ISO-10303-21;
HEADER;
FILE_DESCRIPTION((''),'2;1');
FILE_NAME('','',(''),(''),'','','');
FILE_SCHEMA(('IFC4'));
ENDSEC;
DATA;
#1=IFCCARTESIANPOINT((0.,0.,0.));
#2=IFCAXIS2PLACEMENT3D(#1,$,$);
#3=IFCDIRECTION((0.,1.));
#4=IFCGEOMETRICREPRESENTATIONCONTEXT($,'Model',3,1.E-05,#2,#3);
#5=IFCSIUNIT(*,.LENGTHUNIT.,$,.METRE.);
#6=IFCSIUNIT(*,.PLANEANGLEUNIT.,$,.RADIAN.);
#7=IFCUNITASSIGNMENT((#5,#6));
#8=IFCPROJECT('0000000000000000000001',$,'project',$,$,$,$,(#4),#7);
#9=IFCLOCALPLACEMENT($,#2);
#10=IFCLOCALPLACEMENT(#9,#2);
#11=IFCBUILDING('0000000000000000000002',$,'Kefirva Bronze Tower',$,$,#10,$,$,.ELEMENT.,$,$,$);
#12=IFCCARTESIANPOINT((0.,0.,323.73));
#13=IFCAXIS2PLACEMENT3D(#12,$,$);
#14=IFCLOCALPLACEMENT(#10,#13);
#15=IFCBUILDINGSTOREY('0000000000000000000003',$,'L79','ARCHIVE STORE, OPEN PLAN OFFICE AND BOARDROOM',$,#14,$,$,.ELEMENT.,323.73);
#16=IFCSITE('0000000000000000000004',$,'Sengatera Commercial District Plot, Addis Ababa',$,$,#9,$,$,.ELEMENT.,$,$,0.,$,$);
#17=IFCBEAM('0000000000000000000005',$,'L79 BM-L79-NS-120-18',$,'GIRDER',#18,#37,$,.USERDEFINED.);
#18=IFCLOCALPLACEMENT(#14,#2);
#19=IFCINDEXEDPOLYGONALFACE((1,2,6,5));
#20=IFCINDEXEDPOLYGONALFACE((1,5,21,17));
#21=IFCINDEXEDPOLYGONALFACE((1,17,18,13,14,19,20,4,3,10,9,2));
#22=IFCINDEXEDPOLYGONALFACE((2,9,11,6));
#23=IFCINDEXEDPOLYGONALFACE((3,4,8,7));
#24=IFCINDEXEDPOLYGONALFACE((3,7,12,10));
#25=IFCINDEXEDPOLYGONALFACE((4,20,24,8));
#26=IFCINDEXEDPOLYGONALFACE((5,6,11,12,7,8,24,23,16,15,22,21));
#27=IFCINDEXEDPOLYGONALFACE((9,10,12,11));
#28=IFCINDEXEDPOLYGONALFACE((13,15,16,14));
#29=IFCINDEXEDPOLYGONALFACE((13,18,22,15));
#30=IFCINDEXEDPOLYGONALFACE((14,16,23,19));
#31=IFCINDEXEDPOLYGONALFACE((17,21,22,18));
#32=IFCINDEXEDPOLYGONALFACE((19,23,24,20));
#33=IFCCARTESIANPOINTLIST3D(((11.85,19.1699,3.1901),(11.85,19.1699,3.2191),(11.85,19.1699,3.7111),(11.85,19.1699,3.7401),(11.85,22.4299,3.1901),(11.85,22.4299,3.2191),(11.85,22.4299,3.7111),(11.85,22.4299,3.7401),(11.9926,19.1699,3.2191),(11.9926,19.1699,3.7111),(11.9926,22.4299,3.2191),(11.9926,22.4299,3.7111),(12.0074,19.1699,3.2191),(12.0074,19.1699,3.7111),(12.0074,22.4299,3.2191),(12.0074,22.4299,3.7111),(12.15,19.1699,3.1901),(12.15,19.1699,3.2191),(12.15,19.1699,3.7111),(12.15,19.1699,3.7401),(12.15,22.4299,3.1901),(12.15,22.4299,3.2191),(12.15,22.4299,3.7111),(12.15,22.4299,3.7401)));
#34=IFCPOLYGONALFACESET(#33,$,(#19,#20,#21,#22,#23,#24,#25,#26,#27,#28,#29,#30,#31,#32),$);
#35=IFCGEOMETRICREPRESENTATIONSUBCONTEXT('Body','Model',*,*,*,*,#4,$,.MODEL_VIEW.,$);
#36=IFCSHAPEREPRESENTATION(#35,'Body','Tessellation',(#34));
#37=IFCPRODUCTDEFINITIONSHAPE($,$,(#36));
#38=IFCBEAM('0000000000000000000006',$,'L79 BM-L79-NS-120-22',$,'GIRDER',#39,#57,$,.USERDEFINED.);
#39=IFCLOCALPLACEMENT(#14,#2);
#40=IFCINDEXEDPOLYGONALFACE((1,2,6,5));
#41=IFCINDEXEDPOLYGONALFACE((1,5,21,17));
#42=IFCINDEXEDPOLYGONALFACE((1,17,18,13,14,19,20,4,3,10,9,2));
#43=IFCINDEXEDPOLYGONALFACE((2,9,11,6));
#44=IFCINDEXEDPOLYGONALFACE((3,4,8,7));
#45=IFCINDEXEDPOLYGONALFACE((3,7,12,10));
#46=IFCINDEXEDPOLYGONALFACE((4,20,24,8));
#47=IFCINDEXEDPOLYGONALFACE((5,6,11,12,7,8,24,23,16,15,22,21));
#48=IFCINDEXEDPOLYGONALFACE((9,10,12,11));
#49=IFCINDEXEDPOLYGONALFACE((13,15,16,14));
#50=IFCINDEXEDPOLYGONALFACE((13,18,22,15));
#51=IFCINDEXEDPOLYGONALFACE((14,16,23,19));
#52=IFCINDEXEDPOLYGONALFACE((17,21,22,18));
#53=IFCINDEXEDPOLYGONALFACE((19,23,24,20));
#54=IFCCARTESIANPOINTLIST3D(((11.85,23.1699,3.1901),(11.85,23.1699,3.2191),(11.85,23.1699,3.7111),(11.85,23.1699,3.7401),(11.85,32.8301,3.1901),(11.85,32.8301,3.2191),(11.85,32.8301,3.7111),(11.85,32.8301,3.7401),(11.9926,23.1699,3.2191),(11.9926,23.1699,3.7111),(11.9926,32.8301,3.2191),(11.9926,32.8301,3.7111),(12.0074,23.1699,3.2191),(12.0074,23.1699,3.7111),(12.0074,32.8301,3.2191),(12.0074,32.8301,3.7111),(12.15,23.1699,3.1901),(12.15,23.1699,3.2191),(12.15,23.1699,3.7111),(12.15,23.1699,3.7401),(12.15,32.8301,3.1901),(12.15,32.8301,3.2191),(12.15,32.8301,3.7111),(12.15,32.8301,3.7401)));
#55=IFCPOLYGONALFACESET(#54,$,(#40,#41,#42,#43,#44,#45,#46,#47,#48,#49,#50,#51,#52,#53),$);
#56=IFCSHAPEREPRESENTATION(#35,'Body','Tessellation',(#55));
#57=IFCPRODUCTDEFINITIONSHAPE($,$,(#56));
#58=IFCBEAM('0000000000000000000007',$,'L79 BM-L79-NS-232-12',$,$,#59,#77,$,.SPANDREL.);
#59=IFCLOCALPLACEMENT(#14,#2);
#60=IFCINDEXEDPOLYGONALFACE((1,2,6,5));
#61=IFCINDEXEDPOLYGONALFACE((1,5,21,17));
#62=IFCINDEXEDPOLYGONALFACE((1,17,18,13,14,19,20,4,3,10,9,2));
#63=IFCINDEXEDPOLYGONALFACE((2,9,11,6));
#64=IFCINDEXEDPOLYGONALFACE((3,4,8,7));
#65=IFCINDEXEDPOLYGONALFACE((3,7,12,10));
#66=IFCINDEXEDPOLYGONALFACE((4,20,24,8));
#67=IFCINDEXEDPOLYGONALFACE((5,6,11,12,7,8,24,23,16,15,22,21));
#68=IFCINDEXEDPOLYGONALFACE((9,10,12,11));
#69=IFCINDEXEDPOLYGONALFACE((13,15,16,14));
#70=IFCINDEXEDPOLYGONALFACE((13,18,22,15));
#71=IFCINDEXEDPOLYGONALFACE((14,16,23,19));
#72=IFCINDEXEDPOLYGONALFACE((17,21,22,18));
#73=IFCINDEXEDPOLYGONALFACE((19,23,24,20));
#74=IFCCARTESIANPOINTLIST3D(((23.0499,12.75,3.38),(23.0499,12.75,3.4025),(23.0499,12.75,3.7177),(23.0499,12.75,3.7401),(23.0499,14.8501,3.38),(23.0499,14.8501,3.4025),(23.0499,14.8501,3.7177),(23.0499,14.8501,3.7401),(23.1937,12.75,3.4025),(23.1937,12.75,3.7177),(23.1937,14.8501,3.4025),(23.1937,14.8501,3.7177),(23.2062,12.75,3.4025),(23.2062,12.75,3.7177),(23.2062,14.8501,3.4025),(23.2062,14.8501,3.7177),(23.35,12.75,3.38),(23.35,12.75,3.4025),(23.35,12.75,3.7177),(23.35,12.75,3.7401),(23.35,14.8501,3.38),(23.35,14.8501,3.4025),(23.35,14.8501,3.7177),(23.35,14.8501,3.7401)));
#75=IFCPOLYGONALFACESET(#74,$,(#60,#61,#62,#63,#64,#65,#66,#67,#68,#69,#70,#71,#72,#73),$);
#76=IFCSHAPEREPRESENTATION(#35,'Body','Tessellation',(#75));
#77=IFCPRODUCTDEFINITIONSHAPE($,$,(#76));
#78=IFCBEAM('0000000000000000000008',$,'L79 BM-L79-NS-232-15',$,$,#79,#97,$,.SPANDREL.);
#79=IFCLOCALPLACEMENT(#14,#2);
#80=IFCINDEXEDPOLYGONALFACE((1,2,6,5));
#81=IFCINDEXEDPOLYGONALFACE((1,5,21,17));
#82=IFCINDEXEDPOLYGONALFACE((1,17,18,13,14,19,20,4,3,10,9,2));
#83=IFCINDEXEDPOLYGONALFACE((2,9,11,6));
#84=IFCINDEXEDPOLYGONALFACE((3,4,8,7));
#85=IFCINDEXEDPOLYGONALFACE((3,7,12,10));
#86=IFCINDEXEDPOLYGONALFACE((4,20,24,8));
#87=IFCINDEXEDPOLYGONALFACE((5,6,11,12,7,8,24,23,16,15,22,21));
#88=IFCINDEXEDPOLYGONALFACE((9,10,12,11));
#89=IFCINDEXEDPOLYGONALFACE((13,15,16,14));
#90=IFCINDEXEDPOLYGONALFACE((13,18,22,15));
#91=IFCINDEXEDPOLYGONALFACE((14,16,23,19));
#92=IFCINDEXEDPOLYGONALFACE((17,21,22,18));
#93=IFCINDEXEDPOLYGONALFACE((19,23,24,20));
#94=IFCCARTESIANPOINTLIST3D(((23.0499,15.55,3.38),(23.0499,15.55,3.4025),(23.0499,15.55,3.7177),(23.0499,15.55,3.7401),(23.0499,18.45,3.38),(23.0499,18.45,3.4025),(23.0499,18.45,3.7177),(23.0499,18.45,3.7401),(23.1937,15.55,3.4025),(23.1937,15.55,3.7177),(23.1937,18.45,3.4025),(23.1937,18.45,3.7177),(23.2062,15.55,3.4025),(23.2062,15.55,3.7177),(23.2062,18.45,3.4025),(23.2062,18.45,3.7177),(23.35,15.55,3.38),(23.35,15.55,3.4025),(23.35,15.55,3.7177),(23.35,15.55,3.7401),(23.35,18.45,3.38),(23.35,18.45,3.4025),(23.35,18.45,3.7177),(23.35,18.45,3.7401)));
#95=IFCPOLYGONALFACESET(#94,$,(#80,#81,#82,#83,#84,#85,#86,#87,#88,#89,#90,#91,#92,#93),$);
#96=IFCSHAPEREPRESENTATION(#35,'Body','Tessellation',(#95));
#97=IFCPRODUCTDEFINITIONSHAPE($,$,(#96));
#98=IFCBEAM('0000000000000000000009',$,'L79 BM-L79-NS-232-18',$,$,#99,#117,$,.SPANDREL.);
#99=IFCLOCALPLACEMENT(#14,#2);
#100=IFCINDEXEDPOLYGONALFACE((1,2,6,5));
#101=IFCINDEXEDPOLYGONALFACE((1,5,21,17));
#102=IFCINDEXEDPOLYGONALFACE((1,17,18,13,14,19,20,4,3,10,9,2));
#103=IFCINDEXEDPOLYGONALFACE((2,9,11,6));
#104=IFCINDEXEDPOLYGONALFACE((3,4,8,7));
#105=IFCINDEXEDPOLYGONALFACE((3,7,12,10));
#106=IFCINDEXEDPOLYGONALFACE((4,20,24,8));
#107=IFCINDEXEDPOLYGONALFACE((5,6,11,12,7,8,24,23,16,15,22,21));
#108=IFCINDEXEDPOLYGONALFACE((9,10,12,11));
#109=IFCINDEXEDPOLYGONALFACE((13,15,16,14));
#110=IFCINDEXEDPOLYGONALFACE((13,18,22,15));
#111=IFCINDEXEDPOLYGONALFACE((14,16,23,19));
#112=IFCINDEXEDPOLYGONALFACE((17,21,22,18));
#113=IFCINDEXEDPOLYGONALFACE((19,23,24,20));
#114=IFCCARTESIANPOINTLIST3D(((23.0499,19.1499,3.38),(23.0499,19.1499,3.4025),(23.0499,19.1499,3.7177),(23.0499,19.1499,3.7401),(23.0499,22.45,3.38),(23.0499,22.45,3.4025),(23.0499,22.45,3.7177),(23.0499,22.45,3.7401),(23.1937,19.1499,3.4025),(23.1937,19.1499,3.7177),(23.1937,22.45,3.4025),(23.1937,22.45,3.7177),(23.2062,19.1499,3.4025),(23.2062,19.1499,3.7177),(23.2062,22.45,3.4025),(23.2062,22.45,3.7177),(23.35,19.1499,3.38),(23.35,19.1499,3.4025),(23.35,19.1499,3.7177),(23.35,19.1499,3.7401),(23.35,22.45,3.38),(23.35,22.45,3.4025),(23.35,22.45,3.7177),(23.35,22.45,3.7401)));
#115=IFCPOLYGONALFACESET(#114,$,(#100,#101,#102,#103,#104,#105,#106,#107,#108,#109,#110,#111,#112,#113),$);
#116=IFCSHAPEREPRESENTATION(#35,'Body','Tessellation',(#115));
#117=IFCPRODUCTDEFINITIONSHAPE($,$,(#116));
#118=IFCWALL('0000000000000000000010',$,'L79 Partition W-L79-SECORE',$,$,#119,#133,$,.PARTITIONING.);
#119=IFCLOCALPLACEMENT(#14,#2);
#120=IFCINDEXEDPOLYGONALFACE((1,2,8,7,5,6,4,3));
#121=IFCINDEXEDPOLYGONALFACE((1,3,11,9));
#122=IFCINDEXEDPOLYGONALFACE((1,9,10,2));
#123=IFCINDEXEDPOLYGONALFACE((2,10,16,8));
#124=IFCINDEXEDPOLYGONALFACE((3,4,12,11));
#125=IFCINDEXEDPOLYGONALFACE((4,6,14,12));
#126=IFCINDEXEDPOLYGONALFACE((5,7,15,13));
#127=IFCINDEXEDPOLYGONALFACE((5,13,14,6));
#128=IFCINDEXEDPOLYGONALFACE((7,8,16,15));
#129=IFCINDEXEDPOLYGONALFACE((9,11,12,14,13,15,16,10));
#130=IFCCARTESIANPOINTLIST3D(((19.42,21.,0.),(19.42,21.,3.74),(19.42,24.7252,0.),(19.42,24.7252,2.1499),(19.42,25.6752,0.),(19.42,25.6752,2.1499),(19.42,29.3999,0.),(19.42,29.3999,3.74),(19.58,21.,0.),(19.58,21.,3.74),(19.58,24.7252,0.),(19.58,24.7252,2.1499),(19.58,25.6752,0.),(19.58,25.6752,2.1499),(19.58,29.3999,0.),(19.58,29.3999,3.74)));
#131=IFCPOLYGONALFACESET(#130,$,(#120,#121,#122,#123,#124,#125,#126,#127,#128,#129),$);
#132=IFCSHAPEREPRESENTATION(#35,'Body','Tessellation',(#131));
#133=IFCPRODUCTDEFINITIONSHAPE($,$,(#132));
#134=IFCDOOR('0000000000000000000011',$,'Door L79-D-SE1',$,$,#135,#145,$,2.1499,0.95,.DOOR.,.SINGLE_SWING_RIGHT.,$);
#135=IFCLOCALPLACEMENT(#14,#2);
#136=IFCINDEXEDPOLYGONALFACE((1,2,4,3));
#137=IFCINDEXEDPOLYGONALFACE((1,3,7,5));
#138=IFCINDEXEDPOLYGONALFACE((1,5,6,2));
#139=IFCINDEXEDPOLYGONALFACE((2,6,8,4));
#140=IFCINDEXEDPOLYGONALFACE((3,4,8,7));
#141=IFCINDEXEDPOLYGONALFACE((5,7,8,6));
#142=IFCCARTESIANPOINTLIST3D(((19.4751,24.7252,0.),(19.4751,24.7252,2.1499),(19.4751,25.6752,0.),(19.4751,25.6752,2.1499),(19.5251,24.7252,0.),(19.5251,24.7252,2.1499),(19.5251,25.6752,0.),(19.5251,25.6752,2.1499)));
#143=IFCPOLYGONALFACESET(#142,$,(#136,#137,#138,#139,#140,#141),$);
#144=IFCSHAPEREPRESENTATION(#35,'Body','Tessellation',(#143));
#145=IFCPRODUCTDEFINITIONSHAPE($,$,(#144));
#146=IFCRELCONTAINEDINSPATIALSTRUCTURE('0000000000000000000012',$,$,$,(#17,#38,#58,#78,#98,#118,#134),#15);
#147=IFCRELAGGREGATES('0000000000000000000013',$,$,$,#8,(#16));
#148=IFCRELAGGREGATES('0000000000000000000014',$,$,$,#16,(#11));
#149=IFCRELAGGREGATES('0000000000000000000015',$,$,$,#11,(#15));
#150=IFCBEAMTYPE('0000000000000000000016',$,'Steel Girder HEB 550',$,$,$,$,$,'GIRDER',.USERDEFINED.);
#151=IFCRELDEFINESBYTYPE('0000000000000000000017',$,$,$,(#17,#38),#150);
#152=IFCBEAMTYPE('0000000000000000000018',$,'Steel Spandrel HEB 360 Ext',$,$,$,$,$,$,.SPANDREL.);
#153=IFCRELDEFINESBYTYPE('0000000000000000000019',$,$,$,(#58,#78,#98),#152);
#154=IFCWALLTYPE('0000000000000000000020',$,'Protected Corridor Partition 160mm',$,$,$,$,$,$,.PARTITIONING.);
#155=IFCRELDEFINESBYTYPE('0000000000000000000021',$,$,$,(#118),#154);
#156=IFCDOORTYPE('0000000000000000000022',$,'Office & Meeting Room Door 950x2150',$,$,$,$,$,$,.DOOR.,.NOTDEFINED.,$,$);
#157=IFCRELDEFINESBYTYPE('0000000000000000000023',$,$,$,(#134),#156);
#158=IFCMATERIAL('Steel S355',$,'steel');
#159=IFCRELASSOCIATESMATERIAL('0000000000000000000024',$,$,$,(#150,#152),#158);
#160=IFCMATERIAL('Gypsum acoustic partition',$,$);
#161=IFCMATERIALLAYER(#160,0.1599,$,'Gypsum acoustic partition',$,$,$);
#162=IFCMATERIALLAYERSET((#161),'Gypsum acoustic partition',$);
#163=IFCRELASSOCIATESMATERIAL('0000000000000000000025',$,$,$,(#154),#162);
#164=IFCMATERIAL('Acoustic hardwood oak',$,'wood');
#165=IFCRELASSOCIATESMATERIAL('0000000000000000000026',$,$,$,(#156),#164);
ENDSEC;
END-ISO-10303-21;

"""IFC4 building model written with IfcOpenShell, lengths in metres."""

from ifc_helpers import new_model, si_unit, direction, frame, frame_2d, origin, origin_2d, place, context, subcontext, project, spatial, rectangle, i_section, extrude, material, layer, layer_set, material_profile, profile_set, type_object, element, fill, save


model = new_model("IFC4")

# Units and contexts
model_context = context("Model", 3, precision=1e-05, world=origin(), true_north=direction((0.0, 1.0)))
body_context = subcontext(model_context, "Body", "Model", "MODEL_VIEW")
ifc_project = project(units=[si_unit("LENGTHUNIT", "METRE"), si_unit("PLANEANGLEUNIT", "RADIAN")], contexts=[model_context])

# Site, building, storey
site_placement = place(None, origin())
site = spatial("IfcSite", under=ifc_project, at=site_placement, Name="Sengatera Commercial District Plot, Addis Ababa", CompositionType="ELEMENT", RefElevation=0.0)
building_placement = place(site_placement, origin())
building = spatial("IfcBuilding", under=site, at=building_placement, Name="Kefirva Bronze Tower", CompositionType="ELEMENT")
storey_placement = place(building_placement, frame((0.0, 0.0, 323.73)))
storey = spatial("IfcBuildingStorey", under=building, at=storey_placement, Name="L79", Description="ARCHIVE STORE, OPEN PLAN OFFICE AND BOARDROOM", CompositionType="ELEMENT", Elevation=323.73)

# Beams
ifc_material_1 = material(Name="Steel S355", Category="steel")
ifc_material_profile_1 = material_profile(ifc_material_1, i_section(OverallWidth=0.3, OverallDepth=0.55, WebThickness=0.0149, FlangeThickness=0.0291, at=origin_2d()), Name="HEB 550")
ifc_profile_set_1 = profile_set([ifc_material_profile_1], Name="Steel S355")
beam_type_1 = type_object("IfcBeamType", Name="Steel Girder HEB 550", ElementType="GIRDER", PredefinedType="USERDEFINED", material=ifc_profile_set_1)
beam_1_placement = place(storey_placement, frame((12.0, 19.1699, 3.4651), z_axis=(0.0, 1.0, 0.0), x_axis=(-1.0, 0.0, 0.0)))
element("IfcBeam", 1, at=beam_1_placement, inside=storey, type_object=beam_type_1, Name="L79 BM-L79-NS-120-18", ObjectType="GIRDER", PredefinedType="USERDEFINED", context=body_context, shape_type="SweptSolid", body=[
    extrude(i_section(OverallWidth=0.3, OverallDepth=0.55, WebThickness=0.0149, FlangeThickness=0.0291, at=origin_2d()), origin(), (0.0, 0.0, 1.0), 3.26),
])
beam_2_placement = place(storey_placement, frame((12.0, 23.1699, 3.4651), z_axis=(0.0, 1.0, 0.0), x_axis=(-1.0, 0.0, 0.0)))
element("IfcBeam", 2, at=beam_2_placement, inside=storey, type_object=beam_type_1, Name="L79 BM-L79-NS-120-22", ObjectType="GIRDER", PredefinedType="USERDEFINED", context=body_context, shape_type="SweptSolid", body=[
    extrude(i_section(OverallWidth=0.3, OverallDepth=0.55, WebThickness=0.0149, FlangeThickness=0.0291, at=origin_2d()), origin(), (0.0, 0.0, 1.0), 9.6602),
])
ifc_material_profile_2 = material_profile(ifc_material_1, i_section(OverallWidth=0.3, OverallDepth=0.3601, WebThickness=0.0125, FlangeThickness=0.0225, at=origin_2d()), Name="HEB 360")
ifc_profile_set_2 = profile_set([ifc_material_profile_2], Name="Steel S355")
beam_type_2 = type_object("IfcBeamType", Name="Steel Spandrel HEB 360 Ext", PredefinedType="SPANDREL", material=ifc_profile_set_2)
beam_3_placement = place(storey_placement, frame((23.2, 12.75, 3.5601), z_axis=(0.0, 1.0, 0.0), x_axis=(-1.0, 0.0, 0.0)))
element("IfcBeam", 3, at=beam_3_placement, inside=storey, type_object=beam_type_2, Name="L79 BM-L79-NS-232-12", PredefinedType="SPANDREL", context=body_context, shape_type="SweptSolid", body=[
    extrude(i_section(OverallWidth=0.3, OverallDepth=0.3601, WebThickness=0.0125, FlangeThickness=0.0225, at=origin_2d()), origin(), (0.0, 0.0, 1.0), 2.1001),
])
beam_4_placement = place(storey_placement, frame((23.2, 15.55, 3.5601), z_axis=(0.0, 1.0, 0.0), x_axis=(-1.0, 0.0, 0.0)))
element("IfcBeam", 4, at=beam_4_placement, inside=storey, type_object=beam_type_2, Name="L79 BM-L79-NS-232-15", PredefinedType="SPANDREL", context=body_context, shape_type="SweptSolid", body=[
    extrude(i_section(OverallWidth=0.3, OverallDepth=0.3601, WebThickness=0.0125, FlangeThickness=0.0225, at=origin_2d()), origin(), (0.0, 0.0, 1.0), 2.8999),
])
beam_5_placement = place(storey_placement, frame((23.2, 19.1499, 3.5601), z_axis=(0.0, 1.0, 0.0), x_axis=(-1.0, 0.0, 0.0)))
element("IfcBeam", 5, at=beam_5_placement, inside=storey, type_object=beam_type_2, Name="L79 BM-L79-NS-232-18", PredefinedType="SPANDREL", context=body_context, shape_type="SweptSolid", body=[
    extrude(i_section(OverallWidth=0.3, OverallDepth=0.3601, WebThickness=0.0125, FlangeThickness=0.0225, at=origin_2d()), origin(), (0.0, 0.0, 1.0), 3.3),
])

# Shared definitions
ifc_material_2 = material(Name="Gypsum acoustic partition")
ifc_layer = layer(ifc_material_2, 0.1599, Name="Gypsum acoustic partition")
ifc_layer_set = layer_set([ifc_layer], Name="Gypsum acoustic partition")
wall_type = type_object("IfcWallType", Name="Protected Corridor Partition 160mm", PredefinedType="PARTITIONING", material=ifc_layer_set)
ifc_material_3 = material(Name="Acoustic hardwood oak", Category="wood")
door_type = type_object("IfcDoorType", Name="Office & Meeting Room Door 950x2150", OperationType="NOTDEFINED", PredefinedType="DOOR", material=ifc_material_3)

# Wall, opening, door
wall_1_placement = place(storey_placement, frame((19.5, 21.0, 0.0), z_axis=(0.0, 0.0, 1.0), x_axis=(0.0, 1.0, 0.0)))
wall_1 = element("IfcWall", 6, at=wall_1_placement, inside=storey, type_object=wall_type, Name="L79 Partition W-L79-SECORE", PredefinedType="PARTITIONING", context=body_context, shape_type="SweptSolid", body=[
    extrude(rectangle(XDim=8.3999, YDim=0.1599, at=frame_2d((4.2, 0.0))), origin(), (0.0, 0.0, 1.0), 3.74),
])
opening_1_placement = place(wall_1_placement, frame((3.7251, 0.0, 0.0)))
opening_1 = element("IfcOpeningElement", 7, at=opening_1_placement, cuts=wall_1, PredefinedType="OPENING", context=body_context, shape_type="SweptSolid", body=[
    extrude(rectangle(XDim=0.95, YDim=2.1499, at=frame_2d((0.4751, 1.075))), frame((0.0, 0.0898, 0.0), z_axis=(0.0, -1.0, 0.0), x_axis=(1.0, 0.0, 0.0)), (0.0, 0.0, 1.0), 0.1799),
])
door_1_placement = place(opening_1_placement, origin())
door_1 = element("IfcDoor", 8, at=door_1_placement, inside=storey, type_object=door_type, Name="Door L79-D-SE1", OperationType="SINGLE_SWING_RIGHT", OverallHeight=2.1499, OverallWidth=0.95, PredefinedType="DOOR", context=body_context, shape_type="SweptSolid", body=[
    extrude(rectangle(XDim=0.95, YDim=2.1499, at=frame_2d((0.4751, 1.075))), frame((0.0, 0.0249, 0.0), z_axis=(0.0, -1.0, 0.0), x_axis=(1.0, 0.0, 0.0)), (0.0, 0.0, 1.0), 0.05),
])
fill(opening_1, door_1)

save(model, "model.ifc")
